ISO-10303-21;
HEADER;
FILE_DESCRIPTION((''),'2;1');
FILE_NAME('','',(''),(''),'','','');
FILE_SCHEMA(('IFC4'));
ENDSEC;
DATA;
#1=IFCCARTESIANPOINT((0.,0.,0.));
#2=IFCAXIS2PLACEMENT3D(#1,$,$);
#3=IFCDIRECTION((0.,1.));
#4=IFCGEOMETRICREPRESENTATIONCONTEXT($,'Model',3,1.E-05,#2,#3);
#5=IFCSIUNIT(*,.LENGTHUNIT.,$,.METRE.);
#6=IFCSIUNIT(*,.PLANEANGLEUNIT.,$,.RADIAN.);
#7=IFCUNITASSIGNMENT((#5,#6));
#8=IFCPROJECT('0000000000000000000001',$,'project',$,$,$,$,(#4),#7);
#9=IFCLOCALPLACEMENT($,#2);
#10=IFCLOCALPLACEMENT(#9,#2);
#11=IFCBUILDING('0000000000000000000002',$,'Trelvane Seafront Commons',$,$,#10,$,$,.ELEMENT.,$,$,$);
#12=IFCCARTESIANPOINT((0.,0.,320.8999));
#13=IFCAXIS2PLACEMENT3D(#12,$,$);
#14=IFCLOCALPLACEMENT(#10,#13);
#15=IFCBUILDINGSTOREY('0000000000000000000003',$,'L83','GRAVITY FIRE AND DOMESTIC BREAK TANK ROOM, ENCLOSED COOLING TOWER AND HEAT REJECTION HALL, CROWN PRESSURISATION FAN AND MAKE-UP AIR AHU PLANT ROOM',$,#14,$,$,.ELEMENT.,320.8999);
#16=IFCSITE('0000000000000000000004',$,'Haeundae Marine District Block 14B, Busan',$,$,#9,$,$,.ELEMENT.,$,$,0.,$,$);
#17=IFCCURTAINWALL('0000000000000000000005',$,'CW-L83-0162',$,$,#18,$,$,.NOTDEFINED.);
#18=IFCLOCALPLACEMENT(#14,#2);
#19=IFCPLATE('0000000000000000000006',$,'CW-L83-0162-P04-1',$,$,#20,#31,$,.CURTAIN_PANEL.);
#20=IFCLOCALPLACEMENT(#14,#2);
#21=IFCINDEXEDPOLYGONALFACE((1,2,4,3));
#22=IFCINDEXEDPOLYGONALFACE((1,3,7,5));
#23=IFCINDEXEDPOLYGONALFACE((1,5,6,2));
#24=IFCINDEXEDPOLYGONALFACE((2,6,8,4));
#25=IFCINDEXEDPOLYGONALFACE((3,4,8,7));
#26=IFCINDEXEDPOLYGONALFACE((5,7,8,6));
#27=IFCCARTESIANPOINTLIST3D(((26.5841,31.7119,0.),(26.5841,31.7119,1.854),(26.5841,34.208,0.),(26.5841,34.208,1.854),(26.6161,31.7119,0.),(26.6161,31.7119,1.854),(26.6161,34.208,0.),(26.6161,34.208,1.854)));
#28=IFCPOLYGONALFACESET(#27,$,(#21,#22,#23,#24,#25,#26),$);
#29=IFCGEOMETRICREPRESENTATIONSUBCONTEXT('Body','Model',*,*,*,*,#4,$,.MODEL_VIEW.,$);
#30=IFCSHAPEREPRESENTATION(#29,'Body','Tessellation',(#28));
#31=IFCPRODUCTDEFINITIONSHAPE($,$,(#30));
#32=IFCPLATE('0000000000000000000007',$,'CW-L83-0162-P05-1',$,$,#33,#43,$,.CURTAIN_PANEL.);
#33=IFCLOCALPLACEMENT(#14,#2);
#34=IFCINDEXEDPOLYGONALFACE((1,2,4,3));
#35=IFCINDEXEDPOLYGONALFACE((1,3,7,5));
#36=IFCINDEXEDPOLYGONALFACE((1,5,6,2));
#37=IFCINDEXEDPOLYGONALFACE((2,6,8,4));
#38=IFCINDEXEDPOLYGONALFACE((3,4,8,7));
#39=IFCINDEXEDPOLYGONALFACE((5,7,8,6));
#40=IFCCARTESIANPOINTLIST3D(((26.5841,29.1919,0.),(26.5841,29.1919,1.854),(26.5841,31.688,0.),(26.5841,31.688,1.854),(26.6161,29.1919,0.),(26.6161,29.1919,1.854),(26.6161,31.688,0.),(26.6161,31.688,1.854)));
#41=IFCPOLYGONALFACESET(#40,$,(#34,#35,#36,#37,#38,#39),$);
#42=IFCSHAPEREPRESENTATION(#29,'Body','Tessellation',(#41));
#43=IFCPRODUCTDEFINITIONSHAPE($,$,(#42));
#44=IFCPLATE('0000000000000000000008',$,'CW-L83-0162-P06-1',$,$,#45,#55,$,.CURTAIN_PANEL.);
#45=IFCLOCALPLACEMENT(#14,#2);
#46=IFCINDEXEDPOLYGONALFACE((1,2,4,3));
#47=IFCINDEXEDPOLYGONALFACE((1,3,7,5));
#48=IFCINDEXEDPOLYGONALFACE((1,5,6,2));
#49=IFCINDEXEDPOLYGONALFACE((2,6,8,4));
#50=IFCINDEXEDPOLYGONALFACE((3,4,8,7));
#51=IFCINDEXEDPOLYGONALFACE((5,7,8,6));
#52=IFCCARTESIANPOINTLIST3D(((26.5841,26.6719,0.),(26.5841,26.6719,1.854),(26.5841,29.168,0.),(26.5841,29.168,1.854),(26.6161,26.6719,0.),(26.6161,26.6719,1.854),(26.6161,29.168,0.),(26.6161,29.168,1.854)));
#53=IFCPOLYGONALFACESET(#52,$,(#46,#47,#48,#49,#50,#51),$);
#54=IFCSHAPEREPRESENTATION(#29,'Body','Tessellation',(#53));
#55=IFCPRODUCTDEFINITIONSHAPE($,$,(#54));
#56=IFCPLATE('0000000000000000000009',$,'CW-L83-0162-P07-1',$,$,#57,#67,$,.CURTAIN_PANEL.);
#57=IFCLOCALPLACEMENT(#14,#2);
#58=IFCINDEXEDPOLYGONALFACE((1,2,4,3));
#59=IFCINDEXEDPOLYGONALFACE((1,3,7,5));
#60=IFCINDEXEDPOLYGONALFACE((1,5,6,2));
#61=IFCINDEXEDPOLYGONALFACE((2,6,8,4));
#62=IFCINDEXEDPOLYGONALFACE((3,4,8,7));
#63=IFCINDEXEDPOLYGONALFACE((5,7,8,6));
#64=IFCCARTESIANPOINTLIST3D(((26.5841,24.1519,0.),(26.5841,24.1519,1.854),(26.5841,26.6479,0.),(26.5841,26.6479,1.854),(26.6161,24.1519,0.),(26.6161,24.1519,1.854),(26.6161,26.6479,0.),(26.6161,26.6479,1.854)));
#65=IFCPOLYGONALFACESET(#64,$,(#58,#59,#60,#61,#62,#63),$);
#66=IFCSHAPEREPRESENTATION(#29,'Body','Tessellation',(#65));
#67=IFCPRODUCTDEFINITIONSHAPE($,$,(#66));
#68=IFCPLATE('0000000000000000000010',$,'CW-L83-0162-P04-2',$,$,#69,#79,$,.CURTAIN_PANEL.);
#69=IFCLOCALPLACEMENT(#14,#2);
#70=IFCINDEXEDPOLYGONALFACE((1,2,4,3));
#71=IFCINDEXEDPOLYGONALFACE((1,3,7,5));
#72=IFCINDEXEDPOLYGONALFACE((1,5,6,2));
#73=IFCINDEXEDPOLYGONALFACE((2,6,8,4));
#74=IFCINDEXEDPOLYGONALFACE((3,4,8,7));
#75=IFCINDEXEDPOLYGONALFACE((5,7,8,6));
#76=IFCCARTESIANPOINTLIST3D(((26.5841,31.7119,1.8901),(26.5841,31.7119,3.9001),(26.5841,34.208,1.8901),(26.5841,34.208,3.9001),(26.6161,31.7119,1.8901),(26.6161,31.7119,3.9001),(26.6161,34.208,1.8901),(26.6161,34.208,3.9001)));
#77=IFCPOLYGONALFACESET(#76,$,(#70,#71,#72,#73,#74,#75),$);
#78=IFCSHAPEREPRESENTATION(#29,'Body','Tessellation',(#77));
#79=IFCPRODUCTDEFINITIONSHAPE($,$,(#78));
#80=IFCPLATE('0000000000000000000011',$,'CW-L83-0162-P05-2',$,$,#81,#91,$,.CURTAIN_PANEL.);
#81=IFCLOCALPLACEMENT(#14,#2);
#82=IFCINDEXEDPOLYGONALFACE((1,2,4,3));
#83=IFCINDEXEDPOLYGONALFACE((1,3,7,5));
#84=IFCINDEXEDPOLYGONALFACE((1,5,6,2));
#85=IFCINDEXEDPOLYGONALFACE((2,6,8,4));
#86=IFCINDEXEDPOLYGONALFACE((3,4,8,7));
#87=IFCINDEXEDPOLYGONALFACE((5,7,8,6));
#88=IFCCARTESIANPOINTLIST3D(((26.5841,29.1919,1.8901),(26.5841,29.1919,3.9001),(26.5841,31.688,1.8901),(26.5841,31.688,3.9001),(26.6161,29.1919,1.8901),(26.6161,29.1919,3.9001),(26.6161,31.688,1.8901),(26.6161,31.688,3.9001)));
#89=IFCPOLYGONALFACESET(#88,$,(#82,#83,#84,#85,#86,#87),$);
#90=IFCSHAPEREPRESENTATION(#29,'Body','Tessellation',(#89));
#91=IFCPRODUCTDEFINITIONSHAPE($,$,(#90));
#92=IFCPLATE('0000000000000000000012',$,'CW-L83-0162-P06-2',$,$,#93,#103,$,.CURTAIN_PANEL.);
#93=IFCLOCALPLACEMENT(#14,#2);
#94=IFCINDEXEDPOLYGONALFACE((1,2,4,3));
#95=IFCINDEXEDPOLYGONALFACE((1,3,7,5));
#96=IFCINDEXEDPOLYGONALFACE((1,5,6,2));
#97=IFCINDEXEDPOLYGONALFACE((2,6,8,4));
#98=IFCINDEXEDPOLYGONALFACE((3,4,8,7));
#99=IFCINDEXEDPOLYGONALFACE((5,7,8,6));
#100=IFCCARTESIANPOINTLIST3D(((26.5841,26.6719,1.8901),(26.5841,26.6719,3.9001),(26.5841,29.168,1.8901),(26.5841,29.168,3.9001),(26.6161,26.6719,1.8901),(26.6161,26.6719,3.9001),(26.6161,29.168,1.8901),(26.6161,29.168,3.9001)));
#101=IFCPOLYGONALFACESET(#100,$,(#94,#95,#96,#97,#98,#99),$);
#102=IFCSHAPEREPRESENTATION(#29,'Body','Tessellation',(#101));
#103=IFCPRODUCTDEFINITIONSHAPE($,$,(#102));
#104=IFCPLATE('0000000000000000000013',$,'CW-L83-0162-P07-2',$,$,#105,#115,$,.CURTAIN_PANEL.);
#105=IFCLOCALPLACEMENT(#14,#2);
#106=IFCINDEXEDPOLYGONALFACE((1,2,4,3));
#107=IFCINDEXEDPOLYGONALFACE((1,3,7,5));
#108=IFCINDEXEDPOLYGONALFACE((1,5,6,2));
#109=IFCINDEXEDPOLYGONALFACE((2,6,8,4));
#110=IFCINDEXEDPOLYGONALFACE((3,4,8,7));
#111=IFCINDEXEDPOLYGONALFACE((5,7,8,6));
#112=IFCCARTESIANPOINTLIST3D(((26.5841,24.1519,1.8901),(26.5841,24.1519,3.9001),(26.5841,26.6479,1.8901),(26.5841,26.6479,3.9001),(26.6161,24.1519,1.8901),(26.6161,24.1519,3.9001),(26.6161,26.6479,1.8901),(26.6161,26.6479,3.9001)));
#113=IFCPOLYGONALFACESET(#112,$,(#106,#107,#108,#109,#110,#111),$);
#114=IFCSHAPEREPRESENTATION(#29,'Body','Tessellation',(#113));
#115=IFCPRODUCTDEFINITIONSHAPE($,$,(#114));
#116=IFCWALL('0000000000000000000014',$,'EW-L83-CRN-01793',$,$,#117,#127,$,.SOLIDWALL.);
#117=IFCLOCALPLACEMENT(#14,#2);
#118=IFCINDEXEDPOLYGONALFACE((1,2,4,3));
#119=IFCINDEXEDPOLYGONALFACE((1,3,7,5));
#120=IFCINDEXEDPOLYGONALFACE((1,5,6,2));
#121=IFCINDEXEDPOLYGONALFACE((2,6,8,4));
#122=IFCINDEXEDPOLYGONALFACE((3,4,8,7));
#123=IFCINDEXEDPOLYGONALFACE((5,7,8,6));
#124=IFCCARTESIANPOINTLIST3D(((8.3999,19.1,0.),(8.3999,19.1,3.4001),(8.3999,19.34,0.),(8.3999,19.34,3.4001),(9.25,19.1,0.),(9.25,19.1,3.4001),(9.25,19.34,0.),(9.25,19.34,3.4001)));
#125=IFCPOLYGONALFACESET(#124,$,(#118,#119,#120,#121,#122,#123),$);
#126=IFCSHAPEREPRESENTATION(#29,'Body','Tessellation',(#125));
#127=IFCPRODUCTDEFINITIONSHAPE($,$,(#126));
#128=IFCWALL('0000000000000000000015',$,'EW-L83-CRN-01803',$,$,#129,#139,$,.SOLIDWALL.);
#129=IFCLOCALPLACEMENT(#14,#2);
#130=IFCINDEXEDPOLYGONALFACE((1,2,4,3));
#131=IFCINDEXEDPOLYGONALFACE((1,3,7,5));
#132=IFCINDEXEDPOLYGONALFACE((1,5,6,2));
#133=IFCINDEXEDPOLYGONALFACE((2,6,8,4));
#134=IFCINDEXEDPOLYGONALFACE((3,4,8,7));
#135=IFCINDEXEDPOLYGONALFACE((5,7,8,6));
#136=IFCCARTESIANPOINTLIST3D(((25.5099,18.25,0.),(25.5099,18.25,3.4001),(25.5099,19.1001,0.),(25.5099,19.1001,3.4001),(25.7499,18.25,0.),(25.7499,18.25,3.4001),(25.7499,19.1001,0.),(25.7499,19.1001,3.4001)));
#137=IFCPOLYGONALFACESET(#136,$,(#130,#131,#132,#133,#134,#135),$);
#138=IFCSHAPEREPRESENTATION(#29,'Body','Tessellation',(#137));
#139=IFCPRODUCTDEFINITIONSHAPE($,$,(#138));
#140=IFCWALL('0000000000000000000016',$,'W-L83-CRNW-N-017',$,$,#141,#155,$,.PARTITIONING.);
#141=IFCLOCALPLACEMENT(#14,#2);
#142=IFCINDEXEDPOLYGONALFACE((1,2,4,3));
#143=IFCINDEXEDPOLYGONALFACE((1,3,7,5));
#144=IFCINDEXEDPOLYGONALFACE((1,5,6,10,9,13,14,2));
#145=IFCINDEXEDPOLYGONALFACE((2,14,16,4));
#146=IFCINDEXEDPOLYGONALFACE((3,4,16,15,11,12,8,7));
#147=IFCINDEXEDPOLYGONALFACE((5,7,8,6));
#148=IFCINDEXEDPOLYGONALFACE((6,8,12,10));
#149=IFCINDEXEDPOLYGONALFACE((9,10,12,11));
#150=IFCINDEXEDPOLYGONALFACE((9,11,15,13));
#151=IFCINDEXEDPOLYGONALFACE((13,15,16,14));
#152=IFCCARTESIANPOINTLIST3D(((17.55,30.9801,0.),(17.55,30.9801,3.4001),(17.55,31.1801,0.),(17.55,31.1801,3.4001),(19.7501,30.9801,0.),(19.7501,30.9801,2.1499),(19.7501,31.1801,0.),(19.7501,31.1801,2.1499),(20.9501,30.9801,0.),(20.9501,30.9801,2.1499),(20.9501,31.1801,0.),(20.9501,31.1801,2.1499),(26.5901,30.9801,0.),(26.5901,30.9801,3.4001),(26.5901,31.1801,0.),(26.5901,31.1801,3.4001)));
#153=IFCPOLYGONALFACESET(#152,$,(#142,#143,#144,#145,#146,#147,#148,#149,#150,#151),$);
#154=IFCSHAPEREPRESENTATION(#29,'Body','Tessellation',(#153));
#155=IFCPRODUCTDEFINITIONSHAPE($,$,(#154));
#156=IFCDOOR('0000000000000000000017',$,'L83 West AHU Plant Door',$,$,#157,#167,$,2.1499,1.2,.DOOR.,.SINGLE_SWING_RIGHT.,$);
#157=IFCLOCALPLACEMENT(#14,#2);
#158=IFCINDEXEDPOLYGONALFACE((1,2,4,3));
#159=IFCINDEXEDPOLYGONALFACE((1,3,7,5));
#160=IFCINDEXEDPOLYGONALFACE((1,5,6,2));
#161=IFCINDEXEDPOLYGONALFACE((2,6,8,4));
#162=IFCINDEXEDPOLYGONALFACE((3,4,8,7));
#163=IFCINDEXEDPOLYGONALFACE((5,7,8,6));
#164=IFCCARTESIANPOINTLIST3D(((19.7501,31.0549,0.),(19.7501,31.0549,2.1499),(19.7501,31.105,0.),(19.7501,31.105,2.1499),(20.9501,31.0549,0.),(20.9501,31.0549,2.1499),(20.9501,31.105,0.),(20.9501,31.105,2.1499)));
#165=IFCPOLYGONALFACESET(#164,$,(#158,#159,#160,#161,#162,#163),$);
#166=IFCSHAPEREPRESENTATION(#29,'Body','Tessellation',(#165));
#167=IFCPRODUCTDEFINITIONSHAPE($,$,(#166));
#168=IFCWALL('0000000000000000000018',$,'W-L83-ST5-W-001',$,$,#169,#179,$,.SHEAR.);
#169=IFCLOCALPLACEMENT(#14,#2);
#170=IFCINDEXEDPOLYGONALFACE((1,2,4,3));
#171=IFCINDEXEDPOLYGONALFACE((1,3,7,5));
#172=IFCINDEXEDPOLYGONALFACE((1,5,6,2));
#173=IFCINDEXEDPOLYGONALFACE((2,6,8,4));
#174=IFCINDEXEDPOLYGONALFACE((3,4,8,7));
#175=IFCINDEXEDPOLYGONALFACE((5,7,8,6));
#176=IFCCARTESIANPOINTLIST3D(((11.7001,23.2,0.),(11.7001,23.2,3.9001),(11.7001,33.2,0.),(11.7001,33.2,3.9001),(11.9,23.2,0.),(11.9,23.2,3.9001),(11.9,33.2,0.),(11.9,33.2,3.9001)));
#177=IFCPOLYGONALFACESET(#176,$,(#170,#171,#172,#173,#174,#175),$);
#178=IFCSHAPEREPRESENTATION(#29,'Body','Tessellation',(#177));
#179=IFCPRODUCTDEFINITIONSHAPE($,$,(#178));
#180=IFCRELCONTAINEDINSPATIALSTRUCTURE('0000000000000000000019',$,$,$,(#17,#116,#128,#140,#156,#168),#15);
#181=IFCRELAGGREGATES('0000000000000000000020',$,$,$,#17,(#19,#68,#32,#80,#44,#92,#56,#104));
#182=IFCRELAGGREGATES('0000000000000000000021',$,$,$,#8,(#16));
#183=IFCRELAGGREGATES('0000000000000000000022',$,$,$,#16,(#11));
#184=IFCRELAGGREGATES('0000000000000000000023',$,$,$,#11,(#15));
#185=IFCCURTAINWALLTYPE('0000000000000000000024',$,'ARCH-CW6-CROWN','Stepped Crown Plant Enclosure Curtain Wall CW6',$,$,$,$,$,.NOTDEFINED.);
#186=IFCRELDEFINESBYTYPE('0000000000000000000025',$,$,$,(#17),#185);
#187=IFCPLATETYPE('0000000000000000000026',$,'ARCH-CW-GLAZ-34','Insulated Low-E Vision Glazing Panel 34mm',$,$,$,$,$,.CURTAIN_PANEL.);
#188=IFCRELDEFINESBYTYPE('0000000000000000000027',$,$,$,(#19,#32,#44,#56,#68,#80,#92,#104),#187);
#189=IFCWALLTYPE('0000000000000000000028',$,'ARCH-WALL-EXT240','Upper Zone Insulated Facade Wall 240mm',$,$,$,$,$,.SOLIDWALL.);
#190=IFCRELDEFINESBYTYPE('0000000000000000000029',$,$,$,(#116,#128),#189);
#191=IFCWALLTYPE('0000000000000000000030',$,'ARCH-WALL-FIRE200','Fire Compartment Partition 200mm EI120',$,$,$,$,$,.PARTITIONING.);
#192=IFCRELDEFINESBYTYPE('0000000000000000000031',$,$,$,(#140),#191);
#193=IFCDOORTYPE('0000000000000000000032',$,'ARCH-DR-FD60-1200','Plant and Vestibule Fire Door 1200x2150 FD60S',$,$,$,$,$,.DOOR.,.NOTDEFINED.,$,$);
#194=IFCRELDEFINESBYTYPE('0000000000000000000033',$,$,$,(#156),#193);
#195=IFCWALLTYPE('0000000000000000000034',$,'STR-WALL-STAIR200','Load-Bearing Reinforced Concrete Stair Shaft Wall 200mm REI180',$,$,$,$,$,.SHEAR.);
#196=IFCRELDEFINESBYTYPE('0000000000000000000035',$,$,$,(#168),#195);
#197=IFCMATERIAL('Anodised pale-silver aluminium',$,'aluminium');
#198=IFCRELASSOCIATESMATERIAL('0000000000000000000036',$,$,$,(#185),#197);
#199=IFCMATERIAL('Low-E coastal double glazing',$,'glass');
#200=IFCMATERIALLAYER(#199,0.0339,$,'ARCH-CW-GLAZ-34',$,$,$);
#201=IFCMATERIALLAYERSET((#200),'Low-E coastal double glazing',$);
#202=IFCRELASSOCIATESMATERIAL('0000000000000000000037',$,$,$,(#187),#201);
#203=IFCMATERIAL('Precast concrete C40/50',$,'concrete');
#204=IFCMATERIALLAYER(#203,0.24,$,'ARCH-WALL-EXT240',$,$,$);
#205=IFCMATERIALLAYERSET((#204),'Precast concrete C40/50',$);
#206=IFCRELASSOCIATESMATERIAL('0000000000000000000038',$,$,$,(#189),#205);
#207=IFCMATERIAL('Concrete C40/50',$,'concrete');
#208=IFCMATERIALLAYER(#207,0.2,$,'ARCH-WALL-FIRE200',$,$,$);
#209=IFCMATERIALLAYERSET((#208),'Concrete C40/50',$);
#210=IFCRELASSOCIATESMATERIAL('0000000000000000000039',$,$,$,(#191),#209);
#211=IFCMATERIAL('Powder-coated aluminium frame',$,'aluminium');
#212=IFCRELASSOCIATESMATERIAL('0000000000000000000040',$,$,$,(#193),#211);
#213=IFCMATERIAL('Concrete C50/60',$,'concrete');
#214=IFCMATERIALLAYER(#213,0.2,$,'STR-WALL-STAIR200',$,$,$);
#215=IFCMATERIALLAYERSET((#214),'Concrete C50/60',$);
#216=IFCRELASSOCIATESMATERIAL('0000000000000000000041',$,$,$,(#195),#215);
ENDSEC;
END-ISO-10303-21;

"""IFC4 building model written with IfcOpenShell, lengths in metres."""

from ifc_helpers import new_model, si_unit, direction, frame, frame_2d, origin, origin_2d, place, context, subcontext, project, spatial, rectangle, extrude, source, transform, mapped, material, layer, layer_set, type_object, element, fill, aggregate, save


model = new_model("IFC4")

# Units and contexts
model_context = context("Model", 3, precision=1e-05, world=origin(), true_north=direction((0.0, 1.0)))
body_context = subcontext(model_context, "Body", "Model", "MODEL_VIEW")
ifc_project = project(units=[si_unit("LENGTHUNIT", "METRE"), si_unit("PLANEANGLEUNIT", "RADIAN")], contexts=[model_context])

# Site, building, storey
site_placement = place(None, origin())
site = spatial("IfcSite", under=ifc_project, at=site_placement, Name="Haeundae Marine District Block 14B, Busan", CompositionType="ELEMENT", RefElevation=0.0)
building_placement = place(site_placement, origin())
building = spatial("IfcBuilding", under=site, at=building_placement, Name="Trelvane Seafront Commons", CompositionType="ELEMENT")
storey_placement = place(building_placement, frame((0.0, 0.0, 320.8999)))
storey = spatial("IfcBuildingStorey", under=building, at=storey_placement, Name="L83", Description="GRAVITY FIRE AND DOMESTIC BREAK TANK ROOM, ENCLOSED COOLING TOWER AND HEAT REJECTION HALL, CROWN PRESSURISATION FAN AND MAKE-UP AIR AHU PLANT ROOM", CompositionType="ELEMENT", Elevation=320.8999)

# Curtain wall, plates
ifc_material_1 = material(Name="Anodised pale-silver aluminium", Category="aluminium")
curtain_wall_type = type_object("IfcCurtainWallType", Name="ARCH-CW6-CROWN", Description="Stepped Crown Plant Enclosure Curtain Wall CW6", PredefinedType="NOTDEFINED", material=ifc_material_1)
curtain_wall_placement = place(storey_placement, origin())
curtain_wall = element("IfcCurtainWall", 1, at=curtain_wall_placement, inside=storey, type_object=curtain_wall_type, Name="CW-L83-0162", PredefinedType="NOTDEFINED")
ifc_material_2 = material(Name="Low-E coastal double glazing", Category="glass")
ifc_layer_1 = layer(ifc_material_2, 0.0339, Name="ARCH-CW-GLAZ-34")
ifc_layer_set_1 = layer_set([ifc_layer_1], Name="Low-E coastal double glazing")
plate_type = type_object("IfcPlateType", Name="ARCH-CW-GLAZ-34", Description="Insulated Low-E Vision Glazing Panel 34mm", PredefinedType="CURTAIN_PANEL", material=ifc_layer_set_1)
shared_shape_1 = source(origin(), body_context, "Body", "SweptSolid", [
    extrude(rectangle(XDim=2.4961, YDim=0.032, at=origin_2d()), origin(), (0.0, 0.0, 1.0), 1.854),
])
plate_1_placement = place(storey_placement, frame((26.6001, 32.96, 0.0), z_axis=(0.0, 0.0, 1.0), x_axis=(0.0, -1.0, 0.0)))
plate_1 = element("IfcPlate", 2, at=plate_1_placement, type_object=plate_type, Name="CW-L83-0162-P04-1", PredefinedType="CURTAIN_PANEL", context=body_context, shape_type="MappedRepresentation", body=[
    mapped(shared_shape_1, transform((0.0, 0.0, 0.0), x_axis=(1.0, 0.0, 0.0), y_axis=(0.0, 1.0, 0.0), z_axis=(0.0, 0.0, 1.0), scale=1.0)),
])
plate_2_placement = place(storey_placement, frame((26.6001, 30.4399, 0.0), z_axis=(0.0, 0.0, 1.0), x_axis=(0.0, -1.0, 0.0)))
plate_2 = element("IfcPlate", 3, at=plate_2_placement, type_object=plate_type, Name="CW-L83-0162-P05-1", PredefinedType="CURTAIN_PANEL", context=body_context, shape_type="MappedRepresentation", body=[
    mapped(shared_shape_1, transform((0.0, 0.0, 0.0), x_axis=(1.0, 0.0, 0.0), y_axis=(0.0, 1.0, 0.0), z_axis=(0.0, 0.0, 1.0), scale=1.0)),
])
plate_3_placement = place(storey_placement, frame((26.6001, 27.9199, 0.0), z_axis=(0.0, 0.0, 1.0), x_axis=(0.0, -1.0, 0.0)))
plate_3 = element("IfcPlate", 4, at=plate_3_placement, type_object=plate_type, Name="CW-L83-0162-P06-1", PredefinedType="CURTAIN_PANEL", context=body_context, shape_type="MappedRepresentation", body=[
    mapped(shared_shape_1, transform((0.0, 0.0, 0.0), x_axis=(1.0, 0.0, 0.0), y_axis=(0.0, 1.0, 0.0), z_axis=(0.0, 0.0, 1.0), scale=1.0)),
])
plate_4_placement = place(storey_placement, frame((26.6001, 25.3999, 0.0), z_axis=(0.0, 0.0, 1.0), x_axis=(0.0, -1.0, 0.0)))
plate_4 = element("IfcPlate", 5, at=plate_4_placement, type_object=plate_type, Name="CW-L83-0162-P07-1", PredefinedType="CURTAIN_PANEL", context=body_context, shape_type="MappedRepresentation", body=[
    mapped(shared_shape_1, transform((0.0, 0.0, 0.0), x_axis=(1.0, 0.0, 0.0), y_axis=(0.0, 1.0, 0.0), z_axis=(0.0, 0.0, 1.0), scale=1.0)),
])
shared_shape_2 = source(origin(), body_context, "Body", "SweptSolid", [
    extrude(rectangle(XDim=2.4961, YDim=0.032, at=origin_2d()), origin(), (0.0, 0.0, 1.0), 2.01),
])
plate_5_placement = place(storey_placement, frame((26.6001, 32.96, 1.8901), z_axis=(0.0, 0.0, 1.0), x_axis=(0.0, -1.0, 0.0)))
plate_5 = element("IfcPlate", 6, at=plate_5_placement, type_object=plate_type, Name="CW-L83-0162-P04-2", PredefinedType="CURTAIN_PANEL", context=body_context, shape_type="MappedRepresentation", body=[
    mapped(shared_shape_2, transform((0.0, 0.0, 0.0), x_axis=(1.0, 0.0, 0.0), y_axis=(0.0, 1.0, 0.0), z_axis=(0.0, 0.0, 1.0), scale=1.0)),
])
plate_6_placement = place(storey_placement, frame((26.6001, 30.4399, 1.8901), z_axis=(0.0, 0.0, 1.0), x_axis=(0.0, -1.0, 0.0)))
plate_6 = element("IfcPlate", 7, at=plate_6_placement, type_object=plate_type, Name="CW-L83-0162-P05-2", PredefinedType="CURTAIN_PANEL", context=body_context, shape_type="MappedRepresentation", body=[
    mapped(shared_shape_2, transform((0.0, 0.0, 0.0), x_axis=(1.0, 0.0, 0.0), y_axis=(0.0, 1.0, 0.0), z_axis=(0.0, 0.0, 1.0), scale=1.0)),
])
plate_7_placement = place(storey_placement, frame((26.6001, 27.9199, 1.8901), z_axis=(0.0, 0.0, 1.0), x_axis=(0.0, -1.0, 0.0)))
plate_7 = element("IfcPlate", 8, at=plate_7_placement, type_object=plate_type, Name="CW-L83-0162-P06-2", PredefinedType="CURTAIN_PANEL", context=body_context, shape_type="MappedRepresentation", body=[
    mapped(shared_shape_2, transform((0.0, 0.0, 0.0), x_axis=(1.0, 0.0, 0.0), y_axis=(0.0, 1.0, 0.0), z_axis=(0.0, 0.0, 1.0), scale=1.0)),
])
plate_8_placement = place(storey_placement, frame((26.6001, 25.3999, 1.8901), z_axis=(0.0, 0.0, 1.0), x_axis=(0.0, -1.0, 0.0)))
plate_8 = element("IfcPlate", 9, at=plate_8_placement, type_object=plate_type, Name="CW-L83-0162-P07-2", PredefinedType="CURTAIN_PANEL", context=body_context, shape_type="MappedRepresentation", body=[
    mapped(shared_shape_2, transform((0.0, 0.0, 0.0), x_axis=(1.0, 0.0, 0.0), y_axis=(0.0, 1.0, 0.0), z_axis=(0.0, 0.0, 1.0), scale=1.0)),
])
aggregate(curtain_wall, [plate_1, plate_5, plate_2, plate_6, plate_3, plate_7, plate_4, plate_8])

# Walls
ifc_material_3 = material(Name="Precast concrete C40/50", Category="concrete")
ifc_layer_2 = layer(ifc_material_3, 0.24, Name="ARCH-WALL-EXT240")
ifc_layer_set_2 = layer_set([ifc_layer_2], Name="Precast concrete C40/50")
wall_type_1 = type_object("IfcWallType", Name="ARCH-WALL-EXT240", Description="Upper Zone Insulated Facade Wall 240mm", PredefinedType="SOLIDWALL", material=ifc_layer_set_2)
for number, where, z_axis, x_axis, name in (
    (10, (9.25, 19.22, 0.0), (0.0, 0.0, 1.0), (-1.0, 0.0, 0.0), "EW-L83-CRN-01793"),
    (11, (25.6299, 19.1001, 0.0), (0.0, 0.0, 1.0), (0.0, -1.0, 0.0), "EW-L83-CRN-01803"),
):
    element("IfcWall", number, at=place(storey_placement, frame(where, z_axis=z_axis, x_axis=x_axis)), inside=storey, type_object=wall_type_1, Name=name, PredefinedType="SOLIDWALL", context=body_context, shape_type="SweptSolid", body=[
        extrude(rectangle(XDim=0.8501, YDim=0.24, at=frame_2d((0.425, 0.0))), origin(), (0.0, 0.0, 1.0), 3.4001),
    ])

# Wall, opening, door
ifc_material_4 = material(Name="Concrete C40/50", Category="concrete")
ifc_layer_3 = layer(ifc_material_4, 0.2, Name="ARCH-WALL-FIRE200")
ifc_layer_set_3 = layer_set([ifc_layer_3], Name="Concrete C40/50")
wall_type_2 = type_object("IfcWallType", Name="ARCH-WALL-FIRE200", Description="Fire Compartment Partition 200mm EI120", PredefinedType="PARTITIONING", material=ifc_layer_set_3)
wall_1_placement = place(storey_placement, frame((17.55, 31.0801, 0.0), z_axis=(0.0, 0.0, 1.0), x_axis=(1.0, 0.0, 0.0)))
wall_1 = element("IfcWall", 12, at=wall_1_placement, inside=storey, type_object=wall_type_2, Name="W-L83-CRNW-N-017", PredefinedType="PARTITIONING", context=body_context, shape_type="SweptSolid", body=[
    extrude(rectangle(XDim=9.04, YDim=0.2, at=frame_2d((4.52, 0.0))), origin(), (0.0, 0.0, 1.0), 3.4001),
])
opening_1_placement = place(wall_1_placement, frame((2.2, 0.0, 0.0)))
opening_1 = element("IfcOpeningElement", 13, at=opening_1_placement, cuts=wall_1, PredefinedType="OPENING", context=body_context, shape_type="SweptSolid", body=[
    extrude(rectangle(XDim=1.2, YDim=2.1499, at=frame_2d((0.6001, 1.075))), frame((0.0, 0.1099, 0.0), z_axis=(0.0, -1.0, 0.0), x_axis=(1.0, 0.0, 0.0)), (0.0, 0.0, 1.0), 0.22),
])
ifc_material_5 = material(Name="Powder-coated aluminium frame", Category="aluminium")
door_type_1 = type_object("IfcDoorType", Name="ARCH-DR-FD60-1200", Description="Plant and Vestibule Fire Door 1200x2150 FD60S", OperationType="NOTDEFINED", PredefinedType="DOOR", material=ifc_material_5)
shared_shape_3 = source(origin(), body_context, "Body", "SweptSolid", [
    extrude(rectangle(XDim=1.2, YDim=2.1499, at=frame_2d((0.6001, 1.075))), frame((0.0, 0.0249, 0.0), z_axis=(0.0, -1.0, 0.0), x_axis=(1.0, 0.0, 0.0)), (0.0, 0.0, 1.0), 0.05),
])
door_1_placement = place(opening_1_placement, origin())
door_1 = element("IfcDoor", 14, at=door_1_placement, inside=storey, type_object=door_type_1, Name="L83 West AHU Plant Door", OperationType="SINGLE_SWING_RIGHT", OverallHeight=2.1499, OverallWidth=1.2, PredefinedType="DOOR", context=body_context, shape_type="MappedRepresentation", body=[
    mapped(shared_shape_3, transform((0.0, 0.0, 0.0), x_axis=(1.0, 0.0, 0.0), y_axis=(0.0, 1.0, 0.0), z_axis=(0.0, 0.0, 1.0), scale=1.0)),
])
fill(opening_1, door_1)

# Wall
ifc_material_6 = material(Name="Concrete C50/60", Category="concrete")
ifc_layer_4 = layer(ifc_material_6, 0.2, Name="STR-WALL-STAIR200")
ifc_layer_set_4 = layer_set([ifc_layer_4], Name="Concrete C50/60")
wall_type_3 = type_object("IfcWallType", Name="STR-WALL-STAIR200", Description="Load-Bearing Reinforced Concrete Stair Shaft Wall 200mm REI180", PredefinedType="SHEAR", material=ifc_layer_set_4)
for number, where, z_axis, x_axis, name in (
    (15, (11.8, 23.2, 0.0), (0.0, 0.0, 1.0), (0.0, 1.0, 0.0), "W-L83-ST5-W-001"),
):
    element("IfcWall", number, at=place(storey_placement, frame(where, z_axis=z_axis, x_axis=x_axis)), inside=storey, type_object=wall_type_3, Name=name, PredefinedType="SHEAR", context=body_context, shape_type="SweptSolid", body=[
        extrude(rectangle(XDim=10.0, YDim=0.2, at=frame_2d((5.0, 0.0))), origin(), (0.0, 0.0, 1.0), 3.9001),
    ])

save(model, "model.ifc")
